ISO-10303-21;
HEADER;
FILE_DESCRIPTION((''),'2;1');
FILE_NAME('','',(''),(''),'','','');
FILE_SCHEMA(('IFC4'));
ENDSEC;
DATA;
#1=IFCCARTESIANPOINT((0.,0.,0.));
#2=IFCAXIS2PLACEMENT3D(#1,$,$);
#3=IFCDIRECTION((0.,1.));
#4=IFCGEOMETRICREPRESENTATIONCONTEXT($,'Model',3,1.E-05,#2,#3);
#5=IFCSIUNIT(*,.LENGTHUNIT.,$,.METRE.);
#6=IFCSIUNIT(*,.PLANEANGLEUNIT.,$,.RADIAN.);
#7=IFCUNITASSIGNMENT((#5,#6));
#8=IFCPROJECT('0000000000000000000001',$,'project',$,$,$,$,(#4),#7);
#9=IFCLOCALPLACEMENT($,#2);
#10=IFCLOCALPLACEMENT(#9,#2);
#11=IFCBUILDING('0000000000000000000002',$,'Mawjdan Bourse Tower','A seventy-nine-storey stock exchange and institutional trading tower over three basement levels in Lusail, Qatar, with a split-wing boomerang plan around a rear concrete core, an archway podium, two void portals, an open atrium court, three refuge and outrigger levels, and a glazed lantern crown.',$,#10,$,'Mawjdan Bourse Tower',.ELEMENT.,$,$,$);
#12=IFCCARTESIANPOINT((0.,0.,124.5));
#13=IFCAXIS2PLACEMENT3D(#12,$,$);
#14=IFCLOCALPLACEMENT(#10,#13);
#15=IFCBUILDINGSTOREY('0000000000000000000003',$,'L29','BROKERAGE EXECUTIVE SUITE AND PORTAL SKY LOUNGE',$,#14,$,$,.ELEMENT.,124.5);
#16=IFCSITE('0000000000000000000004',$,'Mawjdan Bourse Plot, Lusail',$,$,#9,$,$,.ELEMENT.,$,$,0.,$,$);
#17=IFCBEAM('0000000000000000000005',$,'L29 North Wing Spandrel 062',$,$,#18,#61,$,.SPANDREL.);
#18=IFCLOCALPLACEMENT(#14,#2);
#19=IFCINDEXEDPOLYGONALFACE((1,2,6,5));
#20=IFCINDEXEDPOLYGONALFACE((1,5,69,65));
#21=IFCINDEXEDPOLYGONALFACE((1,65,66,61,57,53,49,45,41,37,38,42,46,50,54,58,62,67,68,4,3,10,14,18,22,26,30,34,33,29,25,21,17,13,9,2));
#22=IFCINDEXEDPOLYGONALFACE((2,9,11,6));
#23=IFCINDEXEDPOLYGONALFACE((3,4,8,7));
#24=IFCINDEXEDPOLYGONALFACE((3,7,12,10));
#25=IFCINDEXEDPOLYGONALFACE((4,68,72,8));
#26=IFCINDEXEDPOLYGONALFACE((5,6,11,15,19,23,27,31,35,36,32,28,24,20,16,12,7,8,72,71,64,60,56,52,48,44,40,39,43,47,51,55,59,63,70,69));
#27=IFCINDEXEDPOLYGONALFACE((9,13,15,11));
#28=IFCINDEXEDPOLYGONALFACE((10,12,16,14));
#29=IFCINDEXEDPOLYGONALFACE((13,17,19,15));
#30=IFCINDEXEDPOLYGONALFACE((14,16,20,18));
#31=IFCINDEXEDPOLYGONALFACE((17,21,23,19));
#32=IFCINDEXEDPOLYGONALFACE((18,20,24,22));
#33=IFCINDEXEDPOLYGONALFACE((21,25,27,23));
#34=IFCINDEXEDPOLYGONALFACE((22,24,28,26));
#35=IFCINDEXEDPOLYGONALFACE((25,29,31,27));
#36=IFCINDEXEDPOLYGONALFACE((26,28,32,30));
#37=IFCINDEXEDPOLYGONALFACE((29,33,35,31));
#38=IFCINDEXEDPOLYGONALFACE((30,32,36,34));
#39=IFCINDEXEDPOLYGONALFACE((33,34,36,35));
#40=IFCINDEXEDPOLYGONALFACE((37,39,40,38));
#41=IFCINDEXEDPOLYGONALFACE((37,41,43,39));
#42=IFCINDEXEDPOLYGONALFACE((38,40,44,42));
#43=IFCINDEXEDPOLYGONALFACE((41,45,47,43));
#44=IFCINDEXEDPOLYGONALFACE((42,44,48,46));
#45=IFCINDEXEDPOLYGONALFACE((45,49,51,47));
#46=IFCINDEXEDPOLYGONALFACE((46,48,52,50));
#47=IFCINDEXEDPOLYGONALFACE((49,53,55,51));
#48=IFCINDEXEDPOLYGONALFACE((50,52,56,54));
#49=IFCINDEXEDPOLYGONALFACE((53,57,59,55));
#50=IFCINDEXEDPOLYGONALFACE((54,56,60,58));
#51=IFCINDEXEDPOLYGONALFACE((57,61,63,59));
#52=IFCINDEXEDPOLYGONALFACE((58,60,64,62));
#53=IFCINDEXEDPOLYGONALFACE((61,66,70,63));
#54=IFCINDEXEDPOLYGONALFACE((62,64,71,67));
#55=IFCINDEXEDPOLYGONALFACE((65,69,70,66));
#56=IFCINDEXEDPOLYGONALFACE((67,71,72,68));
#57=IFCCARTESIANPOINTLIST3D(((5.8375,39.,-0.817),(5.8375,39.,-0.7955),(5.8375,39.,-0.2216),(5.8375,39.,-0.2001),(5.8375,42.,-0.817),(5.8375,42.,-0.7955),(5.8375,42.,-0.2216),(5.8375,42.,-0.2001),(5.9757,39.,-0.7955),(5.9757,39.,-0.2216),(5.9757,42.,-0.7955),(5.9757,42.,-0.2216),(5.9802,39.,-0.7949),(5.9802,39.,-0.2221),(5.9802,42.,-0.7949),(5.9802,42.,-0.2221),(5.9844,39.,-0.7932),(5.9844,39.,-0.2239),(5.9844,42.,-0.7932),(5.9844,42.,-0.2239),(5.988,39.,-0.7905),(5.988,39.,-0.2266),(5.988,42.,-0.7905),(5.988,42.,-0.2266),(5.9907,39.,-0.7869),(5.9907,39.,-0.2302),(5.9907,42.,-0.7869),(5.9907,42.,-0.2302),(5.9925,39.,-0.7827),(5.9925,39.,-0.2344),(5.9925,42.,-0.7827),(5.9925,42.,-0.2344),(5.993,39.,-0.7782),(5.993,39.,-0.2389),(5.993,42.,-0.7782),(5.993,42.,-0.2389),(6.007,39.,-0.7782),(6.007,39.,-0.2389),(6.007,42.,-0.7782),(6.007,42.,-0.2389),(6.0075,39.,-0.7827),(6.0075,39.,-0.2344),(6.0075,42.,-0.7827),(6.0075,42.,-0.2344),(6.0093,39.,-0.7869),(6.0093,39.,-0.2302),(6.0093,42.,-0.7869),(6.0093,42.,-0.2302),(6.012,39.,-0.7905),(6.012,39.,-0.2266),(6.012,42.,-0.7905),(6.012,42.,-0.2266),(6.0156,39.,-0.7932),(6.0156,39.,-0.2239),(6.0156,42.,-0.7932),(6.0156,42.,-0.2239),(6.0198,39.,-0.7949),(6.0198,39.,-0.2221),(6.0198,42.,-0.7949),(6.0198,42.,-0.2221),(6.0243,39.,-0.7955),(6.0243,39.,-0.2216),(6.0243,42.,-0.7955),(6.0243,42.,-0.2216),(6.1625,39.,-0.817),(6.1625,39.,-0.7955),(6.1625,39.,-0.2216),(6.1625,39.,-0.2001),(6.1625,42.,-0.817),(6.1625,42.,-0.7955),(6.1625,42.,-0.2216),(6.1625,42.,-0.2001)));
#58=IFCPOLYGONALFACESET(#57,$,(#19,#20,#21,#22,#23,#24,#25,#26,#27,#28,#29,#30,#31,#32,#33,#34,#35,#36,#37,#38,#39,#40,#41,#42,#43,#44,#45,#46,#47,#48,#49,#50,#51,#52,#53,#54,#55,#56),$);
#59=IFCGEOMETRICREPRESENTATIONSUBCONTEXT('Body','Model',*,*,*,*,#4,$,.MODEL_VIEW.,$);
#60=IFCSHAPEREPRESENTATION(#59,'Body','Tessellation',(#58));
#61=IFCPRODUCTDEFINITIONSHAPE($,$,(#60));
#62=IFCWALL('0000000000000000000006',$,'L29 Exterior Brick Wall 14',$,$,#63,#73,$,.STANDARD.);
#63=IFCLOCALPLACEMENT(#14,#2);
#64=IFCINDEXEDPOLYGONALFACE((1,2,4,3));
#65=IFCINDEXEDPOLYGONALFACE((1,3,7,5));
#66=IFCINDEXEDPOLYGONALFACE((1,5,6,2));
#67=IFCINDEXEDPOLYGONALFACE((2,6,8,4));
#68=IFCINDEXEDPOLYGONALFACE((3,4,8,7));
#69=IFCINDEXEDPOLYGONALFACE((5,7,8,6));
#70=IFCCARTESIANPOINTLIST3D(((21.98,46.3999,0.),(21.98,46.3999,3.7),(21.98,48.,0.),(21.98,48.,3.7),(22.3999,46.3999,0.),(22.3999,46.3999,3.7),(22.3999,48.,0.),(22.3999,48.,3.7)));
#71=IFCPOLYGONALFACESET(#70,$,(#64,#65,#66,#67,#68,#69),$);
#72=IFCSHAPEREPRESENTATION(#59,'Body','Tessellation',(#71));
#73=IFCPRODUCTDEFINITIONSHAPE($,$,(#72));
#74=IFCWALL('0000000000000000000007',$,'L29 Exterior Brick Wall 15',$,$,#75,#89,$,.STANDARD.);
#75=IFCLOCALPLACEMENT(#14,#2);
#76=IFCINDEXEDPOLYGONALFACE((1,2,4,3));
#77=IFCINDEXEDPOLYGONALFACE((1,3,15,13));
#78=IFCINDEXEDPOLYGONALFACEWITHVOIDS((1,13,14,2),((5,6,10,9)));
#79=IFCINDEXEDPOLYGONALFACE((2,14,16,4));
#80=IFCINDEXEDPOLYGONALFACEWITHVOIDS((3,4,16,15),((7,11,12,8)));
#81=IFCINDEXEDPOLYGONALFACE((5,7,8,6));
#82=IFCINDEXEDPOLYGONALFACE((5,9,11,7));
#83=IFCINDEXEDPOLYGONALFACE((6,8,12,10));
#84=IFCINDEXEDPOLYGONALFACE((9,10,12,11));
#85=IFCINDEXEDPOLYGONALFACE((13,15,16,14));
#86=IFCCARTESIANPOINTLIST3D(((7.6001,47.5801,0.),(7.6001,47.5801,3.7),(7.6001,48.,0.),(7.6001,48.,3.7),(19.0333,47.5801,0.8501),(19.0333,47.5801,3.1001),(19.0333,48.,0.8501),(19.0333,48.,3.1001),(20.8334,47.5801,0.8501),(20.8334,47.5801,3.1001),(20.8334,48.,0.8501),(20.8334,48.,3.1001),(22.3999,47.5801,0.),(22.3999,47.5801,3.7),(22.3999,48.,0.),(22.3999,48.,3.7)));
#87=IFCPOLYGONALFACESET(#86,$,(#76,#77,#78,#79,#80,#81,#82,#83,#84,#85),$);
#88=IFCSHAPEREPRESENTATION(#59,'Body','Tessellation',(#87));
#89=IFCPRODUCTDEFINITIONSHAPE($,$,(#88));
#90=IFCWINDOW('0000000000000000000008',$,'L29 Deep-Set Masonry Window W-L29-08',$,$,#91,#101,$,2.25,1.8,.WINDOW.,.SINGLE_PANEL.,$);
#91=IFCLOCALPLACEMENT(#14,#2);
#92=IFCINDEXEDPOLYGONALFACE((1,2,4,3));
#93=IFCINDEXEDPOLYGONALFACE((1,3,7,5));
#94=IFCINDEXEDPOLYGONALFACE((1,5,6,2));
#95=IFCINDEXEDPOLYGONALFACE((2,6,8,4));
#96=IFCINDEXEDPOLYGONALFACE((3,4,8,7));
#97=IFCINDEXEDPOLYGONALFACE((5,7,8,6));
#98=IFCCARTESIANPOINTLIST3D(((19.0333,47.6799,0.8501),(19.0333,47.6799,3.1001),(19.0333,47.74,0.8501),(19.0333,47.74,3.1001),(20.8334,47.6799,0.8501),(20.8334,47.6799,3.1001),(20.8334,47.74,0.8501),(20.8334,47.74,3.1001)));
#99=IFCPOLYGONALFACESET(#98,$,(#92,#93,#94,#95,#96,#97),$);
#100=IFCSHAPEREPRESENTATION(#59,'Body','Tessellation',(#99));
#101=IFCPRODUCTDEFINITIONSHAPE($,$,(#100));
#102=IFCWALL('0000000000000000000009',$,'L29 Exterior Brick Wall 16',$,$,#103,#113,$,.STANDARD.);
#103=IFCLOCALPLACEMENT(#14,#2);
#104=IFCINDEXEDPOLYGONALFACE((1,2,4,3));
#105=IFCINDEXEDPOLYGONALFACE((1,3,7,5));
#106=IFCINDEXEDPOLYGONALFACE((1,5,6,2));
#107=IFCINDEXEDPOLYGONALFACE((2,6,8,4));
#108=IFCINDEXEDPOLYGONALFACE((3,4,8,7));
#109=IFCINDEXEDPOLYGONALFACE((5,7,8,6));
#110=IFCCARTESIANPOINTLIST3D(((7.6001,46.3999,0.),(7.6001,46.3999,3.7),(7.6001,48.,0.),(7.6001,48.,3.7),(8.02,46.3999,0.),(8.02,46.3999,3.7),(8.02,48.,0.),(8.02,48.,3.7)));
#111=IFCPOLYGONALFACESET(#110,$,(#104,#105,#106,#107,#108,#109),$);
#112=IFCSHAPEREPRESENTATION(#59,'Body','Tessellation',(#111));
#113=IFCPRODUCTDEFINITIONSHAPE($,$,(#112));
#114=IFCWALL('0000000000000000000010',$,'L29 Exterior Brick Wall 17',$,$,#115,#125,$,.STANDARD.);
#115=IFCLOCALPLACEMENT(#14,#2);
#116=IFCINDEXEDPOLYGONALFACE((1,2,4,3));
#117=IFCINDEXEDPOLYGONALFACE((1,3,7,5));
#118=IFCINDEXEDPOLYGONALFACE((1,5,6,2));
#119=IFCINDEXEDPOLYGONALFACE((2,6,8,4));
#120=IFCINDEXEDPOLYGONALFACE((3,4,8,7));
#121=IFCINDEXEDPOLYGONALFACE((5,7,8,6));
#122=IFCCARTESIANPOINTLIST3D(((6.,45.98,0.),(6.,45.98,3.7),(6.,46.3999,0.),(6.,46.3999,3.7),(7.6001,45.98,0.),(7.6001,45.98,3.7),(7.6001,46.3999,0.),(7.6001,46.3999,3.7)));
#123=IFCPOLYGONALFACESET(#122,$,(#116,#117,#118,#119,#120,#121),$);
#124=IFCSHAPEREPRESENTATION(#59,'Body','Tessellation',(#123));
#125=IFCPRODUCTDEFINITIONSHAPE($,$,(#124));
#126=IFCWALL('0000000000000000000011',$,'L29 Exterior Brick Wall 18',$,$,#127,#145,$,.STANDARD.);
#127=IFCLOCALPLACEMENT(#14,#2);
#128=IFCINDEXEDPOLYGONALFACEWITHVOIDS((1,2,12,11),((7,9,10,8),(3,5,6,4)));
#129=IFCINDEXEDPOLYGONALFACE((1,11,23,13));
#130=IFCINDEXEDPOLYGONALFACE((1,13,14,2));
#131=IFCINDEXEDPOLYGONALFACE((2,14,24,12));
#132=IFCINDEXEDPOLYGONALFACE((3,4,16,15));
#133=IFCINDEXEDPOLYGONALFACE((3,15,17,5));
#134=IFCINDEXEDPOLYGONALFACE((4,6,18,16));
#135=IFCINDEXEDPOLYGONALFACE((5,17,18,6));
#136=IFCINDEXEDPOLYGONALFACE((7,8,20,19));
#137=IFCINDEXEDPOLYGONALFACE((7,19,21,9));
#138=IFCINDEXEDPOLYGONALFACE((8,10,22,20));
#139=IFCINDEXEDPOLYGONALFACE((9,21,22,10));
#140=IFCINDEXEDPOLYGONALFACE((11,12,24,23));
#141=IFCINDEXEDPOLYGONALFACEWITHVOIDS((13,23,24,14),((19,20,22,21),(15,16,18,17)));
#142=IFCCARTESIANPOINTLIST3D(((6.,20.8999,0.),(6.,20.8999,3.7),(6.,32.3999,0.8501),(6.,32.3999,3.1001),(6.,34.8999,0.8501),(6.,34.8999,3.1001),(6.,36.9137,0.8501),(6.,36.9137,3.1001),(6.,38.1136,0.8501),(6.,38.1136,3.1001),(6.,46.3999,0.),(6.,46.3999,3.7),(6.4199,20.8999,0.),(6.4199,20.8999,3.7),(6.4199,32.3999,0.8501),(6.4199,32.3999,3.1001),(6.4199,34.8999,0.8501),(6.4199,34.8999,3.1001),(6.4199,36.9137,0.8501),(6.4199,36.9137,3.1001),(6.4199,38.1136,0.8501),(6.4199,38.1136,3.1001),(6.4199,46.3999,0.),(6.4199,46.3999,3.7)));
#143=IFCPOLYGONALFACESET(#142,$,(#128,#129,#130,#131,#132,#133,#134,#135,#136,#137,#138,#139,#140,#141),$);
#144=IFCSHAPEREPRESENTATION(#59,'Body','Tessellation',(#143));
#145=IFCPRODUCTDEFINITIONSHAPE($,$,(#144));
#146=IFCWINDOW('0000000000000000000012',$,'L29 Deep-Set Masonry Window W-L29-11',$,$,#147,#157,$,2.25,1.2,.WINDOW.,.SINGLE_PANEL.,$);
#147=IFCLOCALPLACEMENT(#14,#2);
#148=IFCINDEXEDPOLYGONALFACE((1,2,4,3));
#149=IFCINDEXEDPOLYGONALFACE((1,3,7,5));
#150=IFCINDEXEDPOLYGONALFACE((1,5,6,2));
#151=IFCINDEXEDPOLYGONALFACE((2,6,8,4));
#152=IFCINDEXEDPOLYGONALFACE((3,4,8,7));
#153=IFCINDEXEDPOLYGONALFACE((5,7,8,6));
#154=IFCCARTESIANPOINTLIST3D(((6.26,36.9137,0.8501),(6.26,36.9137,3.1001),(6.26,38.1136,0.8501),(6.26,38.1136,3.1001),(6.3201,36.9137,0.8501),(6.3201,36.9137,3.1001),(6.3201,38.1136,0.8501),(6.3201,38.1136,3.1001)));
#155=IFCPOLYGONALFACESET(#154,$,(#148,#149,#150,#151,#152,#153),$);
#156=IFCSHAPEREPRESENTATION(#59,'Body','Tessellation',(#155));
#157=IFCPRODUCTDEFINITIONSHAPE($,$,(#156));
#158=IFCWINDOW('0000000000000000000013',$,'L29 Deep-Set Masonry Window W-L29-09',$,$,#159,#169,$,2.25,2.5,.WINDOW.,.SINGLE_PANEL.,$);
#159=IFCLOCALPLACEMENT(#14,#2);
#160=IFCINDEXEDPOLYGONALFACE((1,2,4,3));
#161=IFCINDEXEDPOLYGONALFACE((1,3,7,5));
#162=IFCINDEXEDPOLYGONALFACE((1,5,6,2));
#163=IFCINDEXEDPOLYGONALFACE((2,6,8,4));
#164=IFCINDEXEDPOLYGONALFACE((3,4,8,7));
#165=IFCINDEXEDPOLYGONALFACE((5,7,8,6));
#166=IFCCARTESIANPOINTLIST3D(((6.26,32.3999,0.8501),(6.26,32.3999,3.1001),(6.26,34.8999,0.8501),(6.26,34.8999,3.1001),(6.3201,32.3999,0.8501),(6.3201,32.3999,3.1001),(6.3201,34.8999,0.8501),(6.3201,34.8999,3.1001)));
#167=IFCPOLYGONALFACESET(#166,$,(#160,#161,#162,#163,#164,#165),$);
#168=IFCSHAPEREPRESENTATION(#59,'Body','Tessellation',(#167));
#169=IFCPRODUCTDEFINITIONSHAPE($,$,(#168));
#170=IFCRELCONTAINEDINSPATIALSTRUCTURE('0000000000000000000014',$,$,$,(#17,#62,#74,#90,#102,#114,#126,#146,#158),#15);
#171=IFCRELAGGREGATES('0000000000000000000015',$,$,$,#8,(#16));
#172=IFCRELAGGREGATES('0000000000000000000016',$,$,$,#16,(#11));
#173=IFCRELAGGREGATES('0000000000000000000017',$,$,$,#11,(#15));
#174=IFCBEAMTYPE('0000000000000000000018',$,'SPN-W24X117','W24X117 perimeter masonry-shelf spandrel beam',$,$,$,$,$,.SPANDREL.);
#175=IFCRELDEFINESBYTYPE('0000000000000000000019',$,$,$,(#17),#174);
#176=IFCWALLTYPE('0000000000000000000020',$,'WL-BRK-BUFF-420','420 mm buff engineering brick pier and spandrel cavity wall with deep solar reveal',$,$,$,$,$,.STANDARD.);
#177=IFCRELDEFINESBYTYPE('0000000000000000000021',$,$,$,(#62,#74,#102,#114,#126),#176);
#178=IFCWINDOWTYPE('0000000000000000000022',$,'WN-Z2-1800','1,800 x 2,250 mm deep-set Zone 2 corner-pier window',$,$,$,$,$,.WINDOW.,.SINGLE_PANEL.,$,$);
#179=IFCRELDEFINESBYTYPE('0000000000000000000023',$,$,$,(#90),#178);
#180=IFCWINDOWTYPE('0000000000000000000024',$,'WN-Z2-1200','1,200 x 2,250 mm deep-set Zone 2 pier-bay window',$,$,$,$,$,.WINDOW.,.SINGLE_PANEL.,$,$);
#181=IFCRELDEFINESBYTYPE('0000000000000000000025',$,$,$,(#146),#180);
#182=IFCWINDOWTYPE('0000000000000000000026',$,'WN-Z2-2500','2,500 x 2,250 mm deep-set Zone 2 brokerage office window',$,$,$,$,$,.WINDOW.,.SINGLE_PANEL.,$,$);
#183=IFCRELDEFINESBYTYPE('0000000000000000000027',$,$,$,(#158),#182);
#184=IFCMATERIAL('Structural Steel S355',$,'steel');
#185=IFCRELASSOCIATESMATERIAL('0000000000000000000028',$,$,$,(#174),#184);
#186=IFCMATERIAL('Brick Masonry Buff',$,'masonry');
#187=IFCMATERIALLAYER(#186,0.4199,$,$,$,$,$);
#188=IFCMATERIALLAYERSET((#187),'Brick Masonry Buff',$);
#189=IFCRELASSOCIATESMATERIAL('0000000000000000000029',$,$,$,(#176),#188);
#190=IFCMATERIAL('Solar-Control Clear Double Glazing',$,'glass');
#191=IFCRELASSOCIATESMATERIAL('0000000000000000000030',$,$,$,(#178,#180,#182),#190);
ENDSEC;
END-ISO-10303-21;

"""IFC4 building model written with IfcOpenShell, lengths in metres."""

from ifc_helpers import new_model, si_unit, direction, frame, frame_2d, origin, origin_2d, place, context, subcontext, project, spatial, rectangle, i_section, extrude, material, layer, layer_set, material_profile, profile_set, type_object, element, fill, save


model = new_model("IFC4")

# Units and contexts
model_context = context("Model", 3, precision=1e-05, world=origin(), true_north=direction((0.0, 1.0)))
body_context = subcontext(model_context, "Body", "Model", "MODEL_VIEW")
ifc_project = project(units=[si_unit("LENGTHUNIT", "METRE"), si_unit("PLANEANGLEUNIT", "RADIAN")], contexts=[model_context])

# Site, building, storey
site_placement = place(None, origin())
site = spatial("IfcSite", under=ifc_project, at=site_placement, Name="Mawjdan Bourse Plot, Lusail", CompositionType="ELEMENT", RefElevation=0.0)
building_placement = place(site_placement, origin())
building = spatial("IfcBuilding", under=site, at=building_placement, Name="Mawjdan Bourse Tower", Description="A seventy-nine-storey stock exchange and institutional trading tower over three basement levels in Lusail, Qatar, with a split-wing boomerang plan around a rear concrete core, an archway podium, two void portals, an open atrium court, three refuge and outrigger levels, and a glazed lantern crown.", LongName="Mawjdan Bourse Tower", CompositionType="ELEMENT")
storey_placement = place(building_placement, frame((0.0, 0.0, 124.5)))
storey = spatial("IfcBuildingStorey", under=building, at=storey_placement, Name="L29", Description="BROKERAGE EXECUTIVE SUITE AND PORTAL SKY LOUNGE", CompositionType="ELEMENT", Elevation=124.5)

# Beam
ifc_material_1 = material(Name="Structural Steel S355", Category="steel")
ifc_material_profile_1 = material_profile(ifc_material_1, i_section(OverallWidth=0.325, OverallDepth=0.6169, WebThickness=0.0139, FlangeThickness=0.0215, FilletRadius=0.0173, at=origin_2d()), Name="W24X117")
ifc_profile_set_1 = profile_set([ifc_material_profile_1], Name="Structural Steel S355")
beam_type_1 = type_object("IfcBeamType", Name="SPN-W24X117", Description="W24X117 perimeter masonry-shelf spandrel beam", PredefinedType="SPANDREL", material=ifc_profile_set_1)
beam_placement = place(storey_placement, frame((6.0, 39.0, -0.5085), z_axis=(0.0, 1.0, 0.0), x_axis=(-1.0, 0.0, 0.0)))
element("IfcBeam", 1, at=beam_placement, inside=storey, type_object=beam_type_1, Name="L29 North Wing Spandrel 062", PredefinedType="SPANDREL", context=body_context, shape_type="SweptSolid", body=[
    extrude(i_section(OverallWidth=0.325, OverallDepth=0.6169, WebThickness=0.0139, FlangeThickness=0.0215, FilletRadius=0.0173, at=origin_2d()), origin(), (0.0, 0.0, 1.0), 3.0),
])

# Wall
ifc_material_2 = material(Name="Brick Masonry Buff", Category="masonry")
ifc_layer_1 = layer(ifc_material_2, 0.4199)
ifc_layer_set_1 = layer_set([ifc_layer_1], Name="Brick Masonry Buff")
wall_type_1 = type_object("IfcWallType", Name="WL-BRK-BUFF-420", Description="420 mm buff engineering brick pier and spandrel cavity wall with deep solar reveal", PredefinedType="STANDARD", material=ifc_layer_set_1)
wall_1_placement = place(storey_placement, frame((22.1899, 46.3999, 0.0), z_axis=(0.0, 0.0, 1.0), x_axis=(0.0, 1.0, 0.0)))
element("IfcWall", 2, at=wall_1_placement, inside=storey, type_object=wall_type_1, Name="L29 Exterior Brick Wall 14", PredefinedType="STANDARD", context=body_context, shape_type="SweptSolid", body=[
    extrude(rectangle(XDim=1.6001, YDim=0.4199, at=frame_2d((0.8, 0.0))), origin(), (0.0, 0.0, 1.0), 3.7),
])

# Wall, opening, window
wall_2_placement = place(storey_placement, frame((22.3999, 47.79, 0.0), z_axis=(0.0, 0.0, 1.0), x_axis=(-1.0, 0.0, 0.0)))
wall_2 = element("IfcWall", 3, at=wall_2_placement, inside=storey, type_object=wall_type_1, Name="L29 Exterior Brick Wall 15", PredefinedType="STANDARD", context=body_context, shape_type="SweptSolid", body=[
    extrude(rectangle(XDim=14.7998, YDim=0.4199, at=frame_2d((7.3999, 0.0))), origin(), (0.0, 0.0, 1.0), 3.7),
])
opening_1_placement = place(wall_2_placement, frame((1.5667, 0.0, 0.8501)))
opening_1 = element("IfcOpeningElement", 4, at=opening_1_placement, cuts=wall_2, PredefinedType="OPENING", context=body_context, shape_type="SweptSolid", body=[
    extrude(rectangle(XDim=1.8, YDim=2.25, at=frame_2d((0.8999, 1.125))), frame((0.0, 0.22, 0.0), z_axis=(0.0, -1.0, 0.0), x_axis=(1.0, 0.0, 0.0)), (0.0, 0.0, 1.0), 0.4399),
])
ifc_material_3 = material(Name="Solar-Control Clear Double Glazing", Category="glass")
window_type_1 = type_object("IfcWindowType", Name="WN-Z2-1800", Description="1,800 x 2,250 mm deep-set Zone 2 corner-pier window", PartitioningType="SINGLE_PANEL", PredefinedType="WINDOW", material=ifc_material_3)
window_1_placement = place(opening_1_placement, origin())
window_1 = element("IfcWindow", 5, at=window_1_placement, inside=storey, type_object=window_type_1, Name="L29 Deep-Set Masonry Window W-L29-08", OverallHeight=2.25, OverallWidth=1.8, PartitioningType="SINGLE_PANEL", PredefinedType="WINDOW", context=body_context, shape_type="SweptSolid", body=[
    extrude(rectangle(XDim=1.8, YDim=2.25, at=frame_2d((0.8999, 1.125))), frame((0.0, 0.1101, 0.0), z_axis=(0.0, -1.0, 0.0), x_axis=(1.0, 0.0, 0.0)), (0.0, 0.0, 1.0), 0.0601),
])
fill(opening_1, window_1)

# Walls
for number, where, z_axis, x_axis, name in (
    (6, (7.8101, 48.0, 0.0), (0.0, 0.0, 1.0), (0.0, -1.0, 0.0), "L29 Exterior Brick Wall 16"),
    (7, (7.6001, 46.1899, 0.0), (0.0, 0.0, 1.0), (-1.0, 0.0, 0.0), "L29 Exterior Brick Wall 17"),
):
    element("IfcWall", number, at=place(storey_placement, frame(where, z_axis=z_axis, x_axis=x_axis)), inside=storey, type_object=wall_type_1, Name=name, PredefinedType="STANDARD", context=body_context, shape_type="SweptSolid", body=[
        extrude(rectangle(XDim=1.6001, YDim=0.4199, at=frame_2d((0.8, 0.0))), origin(), (0.0, 0.0, 1.0), 3.7),
    ])

# Wall, openings, windows
wall_3_placement = place(storey_placement, frame((6.21, 46.3999, 0.0), z_axis=(0.0, 0.0, 1.0), x_axis=(0.0, -1.0, 0.0)))
wall_3 = element("IfcWall", 8, at=wall_3_placement, inside=storey, type_object=wall_type_1, Name="L29 Exterior Brick Wall 18", PredefinedType="STANDARD", context=body_context, shape_type="SweptSolid", body=[
    extrude(rectangle(XDim=25.5, YDim=0.4199, at=frame_2d((12.75, 0.0))), origin(), (0.0, 0.0, 1.0), 3.7),
])
opening_2_placement = place(wall_3_placement, frame((11.5, 0.0, 0.8501)))
opening_2 = element("IfcOpeningElement", 9, at=opening_2_placement, cuts=wall_3, PredefinedType="OPENING", context=body_context, shape_type="SweptSolid", body=[
    extrude(rectangle(XDim=2.5, YDim=2.25, at=frame_2d((1.25, 1.125))), frame((0.0, 0.22, 0.0), z_axis=(0.0, -1.0, 0.0), x_axis=(1.0, 0.0, 0.0)), (0.0, 0.0, 1.0), 0.4399),
])
opening_3_placement = place(wall_3_placement, frame((8.2861, 0.0, 0.8501)))
opening_3 = element("IfcOpeningElement", 10, at=opening_3_placement, cuts=wall_3, PredefinedType="OPENING", context=body_context, shape_type="SweptSolid", body=[
    extrude(rectangle(XDim=1.2, YDim=2.25, at=frame_2d((0.6001, 1.125))), frame((0.0, 0.22, 0.0), z_axis=(0.0, -1.0, 0.0), x_axis=(1.0, 0.0, 0.0)), (0.0, 0.0, 1.0), 0.4399),
])
window_type_2 = type_object("IfcWindowType", Name="WN-Z2-1200", Description="1,200 x 2,250 mm deep-set Zone 2 pier-bay window", PartitioningType="SINGLE_PANEL", PredefinedType="WINDOW", material=ifc_material_3)
window_2_placement = place(opening_3_placement, origin())
window_2 = element("IfcWindow", 11, at=window_2_placement, inside=storey, type_object=window_type_2, Name="L29 Deep-Set Masonry Window W-L29-11", OverallHeight=2.25, OverallWidth=1.2, PartitioningType="SINGLE_PANEL", PredefinedType="WINDOW", context=body_context, shape_type="SweptSolid", body=[
    extrude(rectangle(XDim=1.2, YDim=2.25, at=frame_2d((0.6001, 1.125))), frame((0.0, 0.1101, 0.0), z_axis=(0.0, -1.0, 0.0), x_axis=(1.0, 0.0, 0.0)), (0.0, 0.0, 1.0), 0.0601),
])
fill(opening_3, window_2)
window_type_3 = type_object("IfcWindowType", Name="WN-Z2-2500", Description="2,500 x 2,250 mm deep-set Zone 2 brokerage office window", PartitioningType="SINGLE_PANEL", PredefinedType="WINDOW", material=ifc_material_3)
window_3_placement = place(opening_2_placement, origin())
window_3 = element("IfcWindow", 12, at=window_3_placement, inside=storey, type_object=window_type_3, Name="L29 Deep-Set Masonry Window W-L29-09", OverallHeight=2.25, OverallWidth=2.5, PartitioningType="SINGLE_PANEL", PredefinedType="WINDOW", context=body_context, shape_type="SweptSolid", body=[
    extrude(rectangle(XDim=2.5, YDim=2.25, at=frame_2d((1.25, 1.125))), frame((0.0, 0.1101, 0.0), z_axis=(0.0, -1.0, 0.0), x_axis=(1.0, 0.0, 0.0)), (0.0, 0.0, 1.0), 0.0601),
])
fill(opening_2, window_3)

save(model, "model.ifc")
